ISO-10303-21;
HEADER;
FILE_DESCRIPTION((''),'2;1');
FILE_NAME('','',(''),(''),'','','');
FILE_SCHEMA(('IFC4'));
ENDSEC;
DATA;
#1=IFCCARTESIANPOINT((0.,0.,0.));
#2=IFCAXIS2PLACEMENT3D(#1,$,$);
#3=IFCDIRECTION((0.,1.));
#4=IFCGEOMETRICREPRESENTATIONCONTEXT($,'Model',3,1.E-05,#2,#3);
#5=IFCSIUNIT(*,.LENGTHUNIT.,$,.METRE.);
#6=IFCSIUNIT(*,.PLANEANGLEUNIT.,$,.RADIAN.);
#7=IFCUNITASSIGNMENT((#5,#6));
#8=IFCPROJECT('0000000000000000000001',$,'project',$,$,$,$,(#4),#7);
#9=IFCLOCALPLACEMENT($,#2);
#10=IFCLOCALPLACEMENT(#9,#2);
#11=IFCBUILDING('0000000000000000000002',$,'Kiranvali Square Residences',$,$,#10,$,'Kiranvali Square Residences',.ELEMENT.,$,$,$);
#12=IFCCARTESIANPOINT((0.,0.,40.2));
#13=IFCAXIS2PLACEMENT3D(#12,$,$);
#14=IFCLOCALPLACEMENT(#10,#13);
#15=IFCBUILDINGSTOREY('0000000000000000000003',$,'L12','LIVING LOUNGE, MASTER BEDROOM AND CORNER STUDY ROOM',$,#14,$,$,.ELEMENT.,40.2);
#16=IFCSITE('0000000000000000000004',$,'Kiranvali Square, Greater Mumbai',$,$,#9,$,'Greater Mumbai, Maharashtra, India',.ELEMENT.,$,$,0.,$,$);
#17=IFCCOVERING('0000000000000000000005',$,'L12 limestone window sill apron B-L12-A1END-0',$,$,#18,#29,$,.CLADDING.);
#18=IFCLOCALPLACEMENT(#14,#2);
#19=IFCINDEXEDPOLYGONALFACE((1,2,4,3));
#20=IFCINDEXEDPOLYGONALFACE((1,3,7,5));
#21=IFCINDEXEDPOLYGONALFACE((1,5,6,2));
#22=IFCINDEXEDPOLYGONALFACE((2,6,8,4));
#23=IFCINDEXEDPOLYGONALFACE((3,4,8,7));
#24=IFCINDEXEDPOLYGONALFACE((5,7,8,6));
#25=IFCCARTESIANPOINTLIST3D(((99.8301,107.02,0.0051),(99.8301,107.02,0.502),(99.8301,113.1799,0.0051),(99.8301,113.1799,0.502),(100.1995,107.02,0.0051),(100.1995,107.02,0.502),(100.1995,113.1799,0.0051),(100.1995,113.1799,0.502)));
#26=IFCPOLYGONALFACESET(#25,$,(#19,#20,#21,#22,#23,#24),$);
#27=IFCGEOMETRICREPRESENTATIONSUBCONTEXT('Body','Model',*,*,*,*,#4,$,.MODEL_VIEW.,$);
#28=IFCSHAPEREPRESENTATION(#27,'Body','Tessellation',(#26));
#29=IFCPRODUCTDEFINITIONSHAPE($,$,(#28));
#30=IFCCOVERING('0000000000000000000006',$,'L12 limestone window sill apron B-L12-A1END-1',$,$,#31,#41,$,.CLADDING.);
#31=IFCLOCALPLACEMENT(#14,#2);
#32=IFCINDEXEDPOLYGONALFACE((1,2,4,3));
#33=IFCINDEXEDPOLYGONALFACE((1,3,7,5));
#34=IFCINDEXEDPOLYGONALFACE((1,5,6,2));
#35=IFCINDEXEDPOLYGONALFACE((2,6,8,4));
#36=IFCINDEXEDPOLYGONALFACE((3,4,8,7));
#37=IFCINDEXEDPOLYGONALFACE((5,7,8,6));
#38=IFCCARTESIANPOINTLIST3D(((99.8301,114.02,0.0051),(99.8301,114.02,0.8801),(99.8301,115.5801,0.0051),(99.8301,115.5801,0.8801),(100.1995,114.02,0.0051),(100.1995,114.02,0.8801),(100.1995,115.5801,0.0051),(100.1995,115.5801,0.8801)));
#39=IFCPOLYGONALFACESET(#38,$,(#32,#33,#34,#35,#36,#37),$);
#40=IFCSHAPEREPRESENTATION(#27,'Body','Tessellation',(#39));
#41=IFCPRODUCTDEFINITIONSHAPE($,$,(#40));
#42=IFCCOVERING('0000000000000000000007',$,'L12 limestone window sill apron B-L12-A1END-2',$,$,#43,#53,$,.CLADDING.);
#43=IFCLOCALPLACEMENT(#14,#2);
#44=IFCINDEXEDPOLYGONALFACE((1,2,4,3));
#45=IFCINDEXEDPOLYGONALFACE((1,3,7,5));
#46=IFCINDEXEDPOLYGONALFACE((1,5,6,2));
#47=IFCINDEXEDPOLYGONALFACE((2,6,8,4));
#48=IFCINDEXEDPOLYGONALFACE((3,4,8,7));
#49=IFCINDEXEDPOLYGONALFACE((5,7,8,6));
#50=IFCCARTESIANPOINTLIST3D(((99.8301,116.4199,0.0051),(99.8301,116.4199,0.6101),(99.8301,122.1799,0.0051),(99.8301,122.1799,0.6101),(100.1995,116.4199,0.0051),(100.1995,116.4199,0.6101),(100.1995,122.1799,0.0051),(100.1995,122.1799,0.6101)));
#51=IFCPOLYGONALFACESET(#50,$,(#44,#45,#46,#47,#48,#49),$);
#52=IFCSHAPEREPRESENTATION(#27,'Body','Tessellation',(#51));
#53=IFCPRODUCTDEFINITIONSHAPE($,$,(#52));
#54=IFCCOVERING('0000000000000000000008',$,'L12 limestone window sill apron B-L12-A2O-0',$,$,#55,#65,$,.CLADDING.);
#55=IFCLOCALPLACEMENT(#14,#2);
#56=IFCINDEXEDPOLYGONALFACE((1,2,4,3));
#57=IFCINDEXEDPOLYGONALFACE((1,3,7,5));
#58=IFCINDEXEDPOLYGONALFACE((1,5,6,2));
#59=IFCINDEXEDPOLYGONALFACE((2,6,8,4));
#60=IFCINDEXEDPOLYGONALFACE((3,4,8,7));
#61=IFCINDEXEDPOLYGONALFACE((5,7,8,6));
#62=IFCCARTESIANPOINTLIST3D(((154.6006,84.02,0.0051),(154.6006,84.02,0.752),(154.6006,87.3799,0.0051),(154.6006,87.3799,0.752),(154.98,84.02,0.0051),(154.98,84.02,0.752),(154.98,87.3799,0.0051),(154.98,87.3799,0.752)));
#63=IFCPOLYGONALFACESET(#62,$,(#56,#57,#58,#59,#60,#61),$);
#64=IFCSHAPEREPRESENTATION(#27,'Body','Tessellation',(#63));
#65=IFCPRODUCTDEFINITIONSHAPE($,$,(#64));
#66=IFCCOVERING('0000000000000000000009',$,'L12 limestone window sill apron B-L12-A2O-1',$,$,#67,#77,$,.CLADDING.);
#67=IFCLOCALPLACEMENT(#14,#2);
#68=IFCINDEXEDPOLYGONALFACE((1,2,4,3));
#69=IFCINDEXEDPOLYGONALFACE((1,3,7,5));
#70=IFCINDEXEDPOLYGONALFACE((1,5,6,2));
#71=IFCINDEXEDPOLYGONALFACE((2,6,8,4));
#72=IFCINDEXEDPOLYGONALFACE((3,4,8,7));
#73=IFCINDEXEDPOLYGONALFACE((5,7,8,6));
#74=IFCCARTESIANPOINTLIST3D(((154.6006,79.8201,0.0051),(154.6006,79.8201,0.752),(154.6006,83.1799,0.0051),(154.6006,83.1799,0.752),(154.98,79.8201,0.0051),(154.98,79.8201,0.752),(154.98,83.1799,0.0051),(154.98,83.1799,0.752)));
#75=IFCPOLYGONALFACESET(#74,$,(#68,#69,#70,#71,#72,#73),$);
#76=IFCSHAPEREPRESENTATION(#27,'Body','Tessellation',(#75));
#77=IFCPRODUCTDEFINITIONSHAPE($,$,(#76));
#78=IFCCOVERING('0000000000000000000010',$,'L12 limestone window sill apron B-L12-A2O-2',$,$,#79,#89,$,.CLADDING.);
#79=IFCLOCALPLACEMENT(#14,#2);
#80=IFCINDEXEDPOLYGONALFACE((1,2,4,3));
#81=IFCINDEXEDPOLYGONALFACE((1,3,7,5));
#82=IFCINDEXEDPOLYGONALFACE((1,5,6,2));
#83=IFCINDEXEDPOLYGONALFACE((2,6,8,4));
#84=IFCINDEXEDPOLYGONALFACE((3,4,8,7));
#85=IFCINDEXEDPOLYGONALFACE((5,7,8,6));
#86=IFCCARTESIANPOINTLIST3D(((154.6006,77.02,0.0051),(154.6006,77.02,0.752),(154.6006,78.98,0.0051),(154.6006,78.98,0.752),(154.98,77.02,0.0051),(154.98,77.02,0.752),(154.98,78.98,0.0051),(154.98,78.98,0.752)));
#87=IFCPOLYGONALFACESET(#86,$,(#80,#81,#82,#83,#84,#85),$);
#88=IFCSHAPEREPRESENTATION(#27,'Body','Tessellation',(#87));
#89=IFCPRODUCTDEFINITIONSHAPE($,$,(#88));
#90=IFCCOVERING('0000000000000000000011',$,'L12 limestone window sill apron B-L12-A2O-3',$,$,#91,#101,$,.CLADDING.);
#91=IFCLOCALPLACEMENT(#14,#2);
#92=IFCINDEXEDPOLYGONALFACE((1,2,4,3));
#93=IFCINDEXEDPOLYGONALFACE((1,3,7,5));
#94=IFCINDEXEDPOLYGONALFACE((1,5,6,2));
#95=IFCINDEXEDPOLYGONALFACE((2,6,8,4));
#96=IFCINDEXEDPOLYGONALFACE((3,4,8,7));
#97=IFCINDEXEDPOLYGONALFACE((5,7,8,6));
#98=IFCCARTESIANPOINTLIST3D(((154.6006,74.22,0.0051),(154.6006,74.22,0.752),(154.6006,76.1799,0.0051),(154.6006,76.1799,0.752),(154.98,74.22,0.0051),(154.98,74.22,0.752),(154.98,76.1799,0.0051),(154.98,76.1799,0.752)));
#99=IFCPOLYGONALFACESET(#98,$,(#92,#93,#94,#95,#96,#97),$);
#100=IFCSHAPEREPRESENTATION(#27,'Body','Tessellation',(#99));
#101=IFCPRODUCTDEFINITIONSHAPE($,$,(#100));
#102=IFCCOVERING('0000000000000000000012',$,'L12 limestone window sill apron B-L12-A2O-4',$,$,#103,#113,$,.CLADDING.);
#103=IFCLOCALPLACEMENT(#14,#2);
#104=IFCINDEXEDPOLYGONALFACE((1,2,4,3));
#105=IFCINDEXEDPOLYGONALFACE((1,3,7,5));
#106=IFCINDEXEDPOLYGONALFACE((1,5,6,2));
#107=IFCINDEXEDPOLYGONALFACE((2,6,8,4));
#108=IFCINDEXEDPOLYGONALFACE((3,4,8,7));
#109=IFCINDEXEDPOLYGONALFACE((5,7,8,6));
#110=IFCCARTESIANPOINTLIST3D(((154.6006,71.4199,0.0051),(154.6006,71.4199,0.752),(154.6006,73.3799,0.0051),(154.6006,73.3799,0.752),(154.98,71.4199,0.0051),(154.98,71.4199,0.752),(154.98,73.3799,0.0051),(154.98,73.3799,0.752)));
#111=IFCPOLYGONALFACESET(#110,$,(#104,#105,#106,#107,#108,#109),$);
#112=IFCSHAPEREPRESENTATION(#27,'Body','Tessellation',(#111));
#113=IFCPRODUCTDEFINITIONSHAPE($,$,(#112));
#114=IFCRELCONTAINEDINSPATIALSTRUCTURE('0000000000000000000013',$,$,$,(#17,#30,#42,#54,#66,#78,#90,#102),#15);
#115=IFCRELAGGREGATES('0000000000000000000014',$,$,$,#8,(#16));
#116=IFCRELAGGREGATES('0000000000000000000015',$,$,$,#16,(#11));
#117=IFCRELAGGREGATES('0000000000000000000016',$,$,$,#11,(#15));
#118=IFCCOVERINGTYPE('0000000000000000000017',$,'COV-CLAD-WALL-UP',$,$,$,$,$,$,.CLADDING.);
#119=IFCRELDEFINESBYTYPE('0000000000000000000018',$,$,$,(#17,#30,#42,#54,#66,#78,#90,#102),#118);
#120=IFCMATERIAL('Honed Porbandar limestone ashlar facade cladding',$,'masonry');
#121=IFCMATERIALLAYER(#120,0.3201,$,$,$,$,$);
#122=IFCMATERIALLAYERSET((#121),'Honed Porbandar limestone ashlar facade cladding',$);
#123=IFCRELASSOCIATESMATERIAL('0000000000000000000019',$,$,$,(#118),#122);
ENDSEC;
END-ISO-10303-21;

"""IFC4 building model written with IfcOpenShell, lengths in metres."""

from ifc_helpers import new_model, si_unit, direction, frame, origin, place, context, subcontext, project, spatial, polyline, outline, extrude, material, layer, layer_set, type_object, element, save


model = new_model("IFC4")

# Units and contexts
model_context = context("Model", 3, precision=1e-05, world=origin(), true_north=direction((0.0, 1.0)))
body_context = subcontext(model_context, "Body", "Model", "MODEL_VIEW")
ifc_project = project(units=[si_unit("LENGTHUNIT", "METRE"), si_unit("PLANEANGLEUNIT", "RADIAN")], contexts=[model_context])

# Site, building, storey
site_placement = place(None, origin())
site = spatial("IfcSite", under=ifc_project, at=site_placement, Name="Kiranvali Square, Greater Mumbai", LongName="Greater Mumbai, Maharashtra, India", CompositionType="ELEMENT", RefElevation=0.0)
building_placement = place(site_placement, origin())
building = spatial("IfcBuilding", under=site, at=building_placement, Name="Kiranvali Square Residences", LongName="Kiranvali Square Residences", CompositionType="ELEMENT")
storey_placement = place(building_placement, frame((0.0, 0.0, 40.2)))
storey = spatial("IfcBuildingStorey", under=building, at=storey_placement, Name="L12", Description="LIVING LOUNGE, MASTER BEDROOM AND CORNER STUDY ROOM", CompositionType="ELEMENT", Elevation=40.2)

# Coverings
ifc_material = material(Name="Honed Porbandar limestone ashlar facade cladding", Category="masonry")
ifc_layer_1 = layer(ifc_material, 0.3201)
ifc_layer_set_1 = layer_set([ifc_layer_1], Name="Honed Porbandar limestone ashlar facade cladding")
covering_type_1 = type_object("IfcCoveringType", Name="COV-CLAD-WALL-UP", PredefinedType="CLADDING", material=ifc_layer_set_1)
covering_1_placement = place(storey_placement, frame((0.0, 0.0, 0.0051)))
element("IfcCovering", 1, at=covering_1_placement, inside=storey, type_object=covering_type_1, Name="L12 limestone window sill apron B-L12-A1END-0", PredefinedType="CLADDING", context=body_context, shape_type="SweptSolid", body=[
    extrude(outline(polyline([(100.1995, 107.02), (100.1995, 113.1799), (99.8301, 113.1799), (99.8301, 107.02), (100.1995, 107.02)])), origin(), (0.0, 0.0, 1.0), 0.4968),
])
covering_2_placement = place(storey_placement, frame((0.0, 0.0, 0.0051)))
element("IfcCovering", 2, at=covering_2_placement, inside=storey, type_object=covering_type_1, Name="L12 limestone window sill apron B-L12-A1END-1", PredefinedType="CLADDING", context=body_context, shape_type="SweptSolid", body=[
    extrude(outline(polyline([(100.1995, 114.02), (100.1995, 115.5801), (99.8301, 115.5801), (99.8301, 114.02), (100.1995, 114.02)])), origin(), (0.0, 0.0, 1.0), 0.875),
])
covering_3_placement = place(storey_placement, frame((0.0, 0.0, 0.0051)))
element("IfcCovering", 3, at=covering_3_placement, inside=storey, type_object=covering_type_1, Name="L12 limestone window sill apron B-L12-A1END-2", PredefinedType="CLADDING", context=body_context, shape_type="SweptSolid", body=[
    extrude(outline(polyline([(100.1995, 116.4199), (100.1995, 122.1799), (99.8301, 122.1799), (99.8301, 116.4199), (100.1995, 116.4199)])), origin(), (0.0, 0.0, 1.0), 0.605),
])
covering_4_placement = place(storey_placement, frame((0.0, 0.0, 0.0051)))
element("IfcCovering", 4, at=covering_4_placement, inside=storey, type_object=covering_type_1, Name="L12 limestone window sill apron B-L12-A2O-0", PredefinedType="CLADDING", context=body_context, shape_type="SweptSolid", body=[
    extrude(outline(polyline([(154.6006, 87.3799), (154.6006, 84.02), (154.98, 84.02), (154.98, 87.3799), (154.6006, 87.3799)])), origin(), (0.0, 0.0, 1.0), 0.7468),
])
covering_5_placement = place(storey_placement, frame((0.0, 0.0, 0.0051)))
element("IfcCovering", 5, at=covering_5_placement, inside=storey, type_object=covering_type_1, Name="L12 limestone window sill apron B-L12-A2O-1", PredefinedType="CLADDING", context=body_context, shape_type="SweptSolid", body=[
    extrude(outline(polyline([(154.6006, 83.1799), (154.6006, 79.8201), (154.98, 79.8201), (154.98, 83.1799), (154.6006, 83.1799)])), origin(), (0.0, 0.0, 1.0), 0.7468),
])
covering_6_placement = place(storey_placement, frame((0.0, 0.0, 0.0051)))
element("IfcCovering", 6, at=covering_6_placement, inside=storey, type_object=covering_type_1, Name="L12 limestone window sill apron B-L12-A2O-2", PredefinedType="CLADDING", context=body_context, shape_type="SweptSolid", body=[
    extrude(outline(polyline([(154.6006, 78.98), (154.6006, 77.02), (154.98, 77.02), (154.98, 78.98), (154.6006, 78.98)])), origin(), (0.0, 0.0, 1.0), 0.7468),
])
covering_7_placement = place(storey_placement, frame((0.0, 0.0, 0.0051)))
element("IfcCovering", 7, at=covering_7_placement, inside=storey, type_object=covering_type_1, Name="L12 limestone window sill apron B-L12-A2O-3", PredefinedType="CLADDING", context=body_context, shape_type="SweptSolid", body=[
    extrude(outline(polyline([(154.6006, 76.1799), (154.6006, 74.22), (154.98, 74.22), (154.98, 76.1799), (154.6006, 76.1799)])), origin(), (0.0, 0.0, 1.0), 0.7468),
])
covering_8_placement = place(storey_placement, frame((0.0, 0.0, 0.0051)))
element("IfcCovering", 8, at=covering_8_placement, inside=storey, type_object=covering_type_1, Name="L12 limestone window sill apron B-L12-A2O-4", PredefinedType="CLADDING", context=body_context, shape_type="SweptSolid", body=[
    extrude(outline(polyline([(154.6006, 73.3799), (154.6006, 71.4199), (154.98, 71.4199), (154.98, 73.3799), (154.6006, 73.3799)])), origin(), (0.0, 0.0, 1.0), 0.7468),
])

save(model, "model.ifc")
